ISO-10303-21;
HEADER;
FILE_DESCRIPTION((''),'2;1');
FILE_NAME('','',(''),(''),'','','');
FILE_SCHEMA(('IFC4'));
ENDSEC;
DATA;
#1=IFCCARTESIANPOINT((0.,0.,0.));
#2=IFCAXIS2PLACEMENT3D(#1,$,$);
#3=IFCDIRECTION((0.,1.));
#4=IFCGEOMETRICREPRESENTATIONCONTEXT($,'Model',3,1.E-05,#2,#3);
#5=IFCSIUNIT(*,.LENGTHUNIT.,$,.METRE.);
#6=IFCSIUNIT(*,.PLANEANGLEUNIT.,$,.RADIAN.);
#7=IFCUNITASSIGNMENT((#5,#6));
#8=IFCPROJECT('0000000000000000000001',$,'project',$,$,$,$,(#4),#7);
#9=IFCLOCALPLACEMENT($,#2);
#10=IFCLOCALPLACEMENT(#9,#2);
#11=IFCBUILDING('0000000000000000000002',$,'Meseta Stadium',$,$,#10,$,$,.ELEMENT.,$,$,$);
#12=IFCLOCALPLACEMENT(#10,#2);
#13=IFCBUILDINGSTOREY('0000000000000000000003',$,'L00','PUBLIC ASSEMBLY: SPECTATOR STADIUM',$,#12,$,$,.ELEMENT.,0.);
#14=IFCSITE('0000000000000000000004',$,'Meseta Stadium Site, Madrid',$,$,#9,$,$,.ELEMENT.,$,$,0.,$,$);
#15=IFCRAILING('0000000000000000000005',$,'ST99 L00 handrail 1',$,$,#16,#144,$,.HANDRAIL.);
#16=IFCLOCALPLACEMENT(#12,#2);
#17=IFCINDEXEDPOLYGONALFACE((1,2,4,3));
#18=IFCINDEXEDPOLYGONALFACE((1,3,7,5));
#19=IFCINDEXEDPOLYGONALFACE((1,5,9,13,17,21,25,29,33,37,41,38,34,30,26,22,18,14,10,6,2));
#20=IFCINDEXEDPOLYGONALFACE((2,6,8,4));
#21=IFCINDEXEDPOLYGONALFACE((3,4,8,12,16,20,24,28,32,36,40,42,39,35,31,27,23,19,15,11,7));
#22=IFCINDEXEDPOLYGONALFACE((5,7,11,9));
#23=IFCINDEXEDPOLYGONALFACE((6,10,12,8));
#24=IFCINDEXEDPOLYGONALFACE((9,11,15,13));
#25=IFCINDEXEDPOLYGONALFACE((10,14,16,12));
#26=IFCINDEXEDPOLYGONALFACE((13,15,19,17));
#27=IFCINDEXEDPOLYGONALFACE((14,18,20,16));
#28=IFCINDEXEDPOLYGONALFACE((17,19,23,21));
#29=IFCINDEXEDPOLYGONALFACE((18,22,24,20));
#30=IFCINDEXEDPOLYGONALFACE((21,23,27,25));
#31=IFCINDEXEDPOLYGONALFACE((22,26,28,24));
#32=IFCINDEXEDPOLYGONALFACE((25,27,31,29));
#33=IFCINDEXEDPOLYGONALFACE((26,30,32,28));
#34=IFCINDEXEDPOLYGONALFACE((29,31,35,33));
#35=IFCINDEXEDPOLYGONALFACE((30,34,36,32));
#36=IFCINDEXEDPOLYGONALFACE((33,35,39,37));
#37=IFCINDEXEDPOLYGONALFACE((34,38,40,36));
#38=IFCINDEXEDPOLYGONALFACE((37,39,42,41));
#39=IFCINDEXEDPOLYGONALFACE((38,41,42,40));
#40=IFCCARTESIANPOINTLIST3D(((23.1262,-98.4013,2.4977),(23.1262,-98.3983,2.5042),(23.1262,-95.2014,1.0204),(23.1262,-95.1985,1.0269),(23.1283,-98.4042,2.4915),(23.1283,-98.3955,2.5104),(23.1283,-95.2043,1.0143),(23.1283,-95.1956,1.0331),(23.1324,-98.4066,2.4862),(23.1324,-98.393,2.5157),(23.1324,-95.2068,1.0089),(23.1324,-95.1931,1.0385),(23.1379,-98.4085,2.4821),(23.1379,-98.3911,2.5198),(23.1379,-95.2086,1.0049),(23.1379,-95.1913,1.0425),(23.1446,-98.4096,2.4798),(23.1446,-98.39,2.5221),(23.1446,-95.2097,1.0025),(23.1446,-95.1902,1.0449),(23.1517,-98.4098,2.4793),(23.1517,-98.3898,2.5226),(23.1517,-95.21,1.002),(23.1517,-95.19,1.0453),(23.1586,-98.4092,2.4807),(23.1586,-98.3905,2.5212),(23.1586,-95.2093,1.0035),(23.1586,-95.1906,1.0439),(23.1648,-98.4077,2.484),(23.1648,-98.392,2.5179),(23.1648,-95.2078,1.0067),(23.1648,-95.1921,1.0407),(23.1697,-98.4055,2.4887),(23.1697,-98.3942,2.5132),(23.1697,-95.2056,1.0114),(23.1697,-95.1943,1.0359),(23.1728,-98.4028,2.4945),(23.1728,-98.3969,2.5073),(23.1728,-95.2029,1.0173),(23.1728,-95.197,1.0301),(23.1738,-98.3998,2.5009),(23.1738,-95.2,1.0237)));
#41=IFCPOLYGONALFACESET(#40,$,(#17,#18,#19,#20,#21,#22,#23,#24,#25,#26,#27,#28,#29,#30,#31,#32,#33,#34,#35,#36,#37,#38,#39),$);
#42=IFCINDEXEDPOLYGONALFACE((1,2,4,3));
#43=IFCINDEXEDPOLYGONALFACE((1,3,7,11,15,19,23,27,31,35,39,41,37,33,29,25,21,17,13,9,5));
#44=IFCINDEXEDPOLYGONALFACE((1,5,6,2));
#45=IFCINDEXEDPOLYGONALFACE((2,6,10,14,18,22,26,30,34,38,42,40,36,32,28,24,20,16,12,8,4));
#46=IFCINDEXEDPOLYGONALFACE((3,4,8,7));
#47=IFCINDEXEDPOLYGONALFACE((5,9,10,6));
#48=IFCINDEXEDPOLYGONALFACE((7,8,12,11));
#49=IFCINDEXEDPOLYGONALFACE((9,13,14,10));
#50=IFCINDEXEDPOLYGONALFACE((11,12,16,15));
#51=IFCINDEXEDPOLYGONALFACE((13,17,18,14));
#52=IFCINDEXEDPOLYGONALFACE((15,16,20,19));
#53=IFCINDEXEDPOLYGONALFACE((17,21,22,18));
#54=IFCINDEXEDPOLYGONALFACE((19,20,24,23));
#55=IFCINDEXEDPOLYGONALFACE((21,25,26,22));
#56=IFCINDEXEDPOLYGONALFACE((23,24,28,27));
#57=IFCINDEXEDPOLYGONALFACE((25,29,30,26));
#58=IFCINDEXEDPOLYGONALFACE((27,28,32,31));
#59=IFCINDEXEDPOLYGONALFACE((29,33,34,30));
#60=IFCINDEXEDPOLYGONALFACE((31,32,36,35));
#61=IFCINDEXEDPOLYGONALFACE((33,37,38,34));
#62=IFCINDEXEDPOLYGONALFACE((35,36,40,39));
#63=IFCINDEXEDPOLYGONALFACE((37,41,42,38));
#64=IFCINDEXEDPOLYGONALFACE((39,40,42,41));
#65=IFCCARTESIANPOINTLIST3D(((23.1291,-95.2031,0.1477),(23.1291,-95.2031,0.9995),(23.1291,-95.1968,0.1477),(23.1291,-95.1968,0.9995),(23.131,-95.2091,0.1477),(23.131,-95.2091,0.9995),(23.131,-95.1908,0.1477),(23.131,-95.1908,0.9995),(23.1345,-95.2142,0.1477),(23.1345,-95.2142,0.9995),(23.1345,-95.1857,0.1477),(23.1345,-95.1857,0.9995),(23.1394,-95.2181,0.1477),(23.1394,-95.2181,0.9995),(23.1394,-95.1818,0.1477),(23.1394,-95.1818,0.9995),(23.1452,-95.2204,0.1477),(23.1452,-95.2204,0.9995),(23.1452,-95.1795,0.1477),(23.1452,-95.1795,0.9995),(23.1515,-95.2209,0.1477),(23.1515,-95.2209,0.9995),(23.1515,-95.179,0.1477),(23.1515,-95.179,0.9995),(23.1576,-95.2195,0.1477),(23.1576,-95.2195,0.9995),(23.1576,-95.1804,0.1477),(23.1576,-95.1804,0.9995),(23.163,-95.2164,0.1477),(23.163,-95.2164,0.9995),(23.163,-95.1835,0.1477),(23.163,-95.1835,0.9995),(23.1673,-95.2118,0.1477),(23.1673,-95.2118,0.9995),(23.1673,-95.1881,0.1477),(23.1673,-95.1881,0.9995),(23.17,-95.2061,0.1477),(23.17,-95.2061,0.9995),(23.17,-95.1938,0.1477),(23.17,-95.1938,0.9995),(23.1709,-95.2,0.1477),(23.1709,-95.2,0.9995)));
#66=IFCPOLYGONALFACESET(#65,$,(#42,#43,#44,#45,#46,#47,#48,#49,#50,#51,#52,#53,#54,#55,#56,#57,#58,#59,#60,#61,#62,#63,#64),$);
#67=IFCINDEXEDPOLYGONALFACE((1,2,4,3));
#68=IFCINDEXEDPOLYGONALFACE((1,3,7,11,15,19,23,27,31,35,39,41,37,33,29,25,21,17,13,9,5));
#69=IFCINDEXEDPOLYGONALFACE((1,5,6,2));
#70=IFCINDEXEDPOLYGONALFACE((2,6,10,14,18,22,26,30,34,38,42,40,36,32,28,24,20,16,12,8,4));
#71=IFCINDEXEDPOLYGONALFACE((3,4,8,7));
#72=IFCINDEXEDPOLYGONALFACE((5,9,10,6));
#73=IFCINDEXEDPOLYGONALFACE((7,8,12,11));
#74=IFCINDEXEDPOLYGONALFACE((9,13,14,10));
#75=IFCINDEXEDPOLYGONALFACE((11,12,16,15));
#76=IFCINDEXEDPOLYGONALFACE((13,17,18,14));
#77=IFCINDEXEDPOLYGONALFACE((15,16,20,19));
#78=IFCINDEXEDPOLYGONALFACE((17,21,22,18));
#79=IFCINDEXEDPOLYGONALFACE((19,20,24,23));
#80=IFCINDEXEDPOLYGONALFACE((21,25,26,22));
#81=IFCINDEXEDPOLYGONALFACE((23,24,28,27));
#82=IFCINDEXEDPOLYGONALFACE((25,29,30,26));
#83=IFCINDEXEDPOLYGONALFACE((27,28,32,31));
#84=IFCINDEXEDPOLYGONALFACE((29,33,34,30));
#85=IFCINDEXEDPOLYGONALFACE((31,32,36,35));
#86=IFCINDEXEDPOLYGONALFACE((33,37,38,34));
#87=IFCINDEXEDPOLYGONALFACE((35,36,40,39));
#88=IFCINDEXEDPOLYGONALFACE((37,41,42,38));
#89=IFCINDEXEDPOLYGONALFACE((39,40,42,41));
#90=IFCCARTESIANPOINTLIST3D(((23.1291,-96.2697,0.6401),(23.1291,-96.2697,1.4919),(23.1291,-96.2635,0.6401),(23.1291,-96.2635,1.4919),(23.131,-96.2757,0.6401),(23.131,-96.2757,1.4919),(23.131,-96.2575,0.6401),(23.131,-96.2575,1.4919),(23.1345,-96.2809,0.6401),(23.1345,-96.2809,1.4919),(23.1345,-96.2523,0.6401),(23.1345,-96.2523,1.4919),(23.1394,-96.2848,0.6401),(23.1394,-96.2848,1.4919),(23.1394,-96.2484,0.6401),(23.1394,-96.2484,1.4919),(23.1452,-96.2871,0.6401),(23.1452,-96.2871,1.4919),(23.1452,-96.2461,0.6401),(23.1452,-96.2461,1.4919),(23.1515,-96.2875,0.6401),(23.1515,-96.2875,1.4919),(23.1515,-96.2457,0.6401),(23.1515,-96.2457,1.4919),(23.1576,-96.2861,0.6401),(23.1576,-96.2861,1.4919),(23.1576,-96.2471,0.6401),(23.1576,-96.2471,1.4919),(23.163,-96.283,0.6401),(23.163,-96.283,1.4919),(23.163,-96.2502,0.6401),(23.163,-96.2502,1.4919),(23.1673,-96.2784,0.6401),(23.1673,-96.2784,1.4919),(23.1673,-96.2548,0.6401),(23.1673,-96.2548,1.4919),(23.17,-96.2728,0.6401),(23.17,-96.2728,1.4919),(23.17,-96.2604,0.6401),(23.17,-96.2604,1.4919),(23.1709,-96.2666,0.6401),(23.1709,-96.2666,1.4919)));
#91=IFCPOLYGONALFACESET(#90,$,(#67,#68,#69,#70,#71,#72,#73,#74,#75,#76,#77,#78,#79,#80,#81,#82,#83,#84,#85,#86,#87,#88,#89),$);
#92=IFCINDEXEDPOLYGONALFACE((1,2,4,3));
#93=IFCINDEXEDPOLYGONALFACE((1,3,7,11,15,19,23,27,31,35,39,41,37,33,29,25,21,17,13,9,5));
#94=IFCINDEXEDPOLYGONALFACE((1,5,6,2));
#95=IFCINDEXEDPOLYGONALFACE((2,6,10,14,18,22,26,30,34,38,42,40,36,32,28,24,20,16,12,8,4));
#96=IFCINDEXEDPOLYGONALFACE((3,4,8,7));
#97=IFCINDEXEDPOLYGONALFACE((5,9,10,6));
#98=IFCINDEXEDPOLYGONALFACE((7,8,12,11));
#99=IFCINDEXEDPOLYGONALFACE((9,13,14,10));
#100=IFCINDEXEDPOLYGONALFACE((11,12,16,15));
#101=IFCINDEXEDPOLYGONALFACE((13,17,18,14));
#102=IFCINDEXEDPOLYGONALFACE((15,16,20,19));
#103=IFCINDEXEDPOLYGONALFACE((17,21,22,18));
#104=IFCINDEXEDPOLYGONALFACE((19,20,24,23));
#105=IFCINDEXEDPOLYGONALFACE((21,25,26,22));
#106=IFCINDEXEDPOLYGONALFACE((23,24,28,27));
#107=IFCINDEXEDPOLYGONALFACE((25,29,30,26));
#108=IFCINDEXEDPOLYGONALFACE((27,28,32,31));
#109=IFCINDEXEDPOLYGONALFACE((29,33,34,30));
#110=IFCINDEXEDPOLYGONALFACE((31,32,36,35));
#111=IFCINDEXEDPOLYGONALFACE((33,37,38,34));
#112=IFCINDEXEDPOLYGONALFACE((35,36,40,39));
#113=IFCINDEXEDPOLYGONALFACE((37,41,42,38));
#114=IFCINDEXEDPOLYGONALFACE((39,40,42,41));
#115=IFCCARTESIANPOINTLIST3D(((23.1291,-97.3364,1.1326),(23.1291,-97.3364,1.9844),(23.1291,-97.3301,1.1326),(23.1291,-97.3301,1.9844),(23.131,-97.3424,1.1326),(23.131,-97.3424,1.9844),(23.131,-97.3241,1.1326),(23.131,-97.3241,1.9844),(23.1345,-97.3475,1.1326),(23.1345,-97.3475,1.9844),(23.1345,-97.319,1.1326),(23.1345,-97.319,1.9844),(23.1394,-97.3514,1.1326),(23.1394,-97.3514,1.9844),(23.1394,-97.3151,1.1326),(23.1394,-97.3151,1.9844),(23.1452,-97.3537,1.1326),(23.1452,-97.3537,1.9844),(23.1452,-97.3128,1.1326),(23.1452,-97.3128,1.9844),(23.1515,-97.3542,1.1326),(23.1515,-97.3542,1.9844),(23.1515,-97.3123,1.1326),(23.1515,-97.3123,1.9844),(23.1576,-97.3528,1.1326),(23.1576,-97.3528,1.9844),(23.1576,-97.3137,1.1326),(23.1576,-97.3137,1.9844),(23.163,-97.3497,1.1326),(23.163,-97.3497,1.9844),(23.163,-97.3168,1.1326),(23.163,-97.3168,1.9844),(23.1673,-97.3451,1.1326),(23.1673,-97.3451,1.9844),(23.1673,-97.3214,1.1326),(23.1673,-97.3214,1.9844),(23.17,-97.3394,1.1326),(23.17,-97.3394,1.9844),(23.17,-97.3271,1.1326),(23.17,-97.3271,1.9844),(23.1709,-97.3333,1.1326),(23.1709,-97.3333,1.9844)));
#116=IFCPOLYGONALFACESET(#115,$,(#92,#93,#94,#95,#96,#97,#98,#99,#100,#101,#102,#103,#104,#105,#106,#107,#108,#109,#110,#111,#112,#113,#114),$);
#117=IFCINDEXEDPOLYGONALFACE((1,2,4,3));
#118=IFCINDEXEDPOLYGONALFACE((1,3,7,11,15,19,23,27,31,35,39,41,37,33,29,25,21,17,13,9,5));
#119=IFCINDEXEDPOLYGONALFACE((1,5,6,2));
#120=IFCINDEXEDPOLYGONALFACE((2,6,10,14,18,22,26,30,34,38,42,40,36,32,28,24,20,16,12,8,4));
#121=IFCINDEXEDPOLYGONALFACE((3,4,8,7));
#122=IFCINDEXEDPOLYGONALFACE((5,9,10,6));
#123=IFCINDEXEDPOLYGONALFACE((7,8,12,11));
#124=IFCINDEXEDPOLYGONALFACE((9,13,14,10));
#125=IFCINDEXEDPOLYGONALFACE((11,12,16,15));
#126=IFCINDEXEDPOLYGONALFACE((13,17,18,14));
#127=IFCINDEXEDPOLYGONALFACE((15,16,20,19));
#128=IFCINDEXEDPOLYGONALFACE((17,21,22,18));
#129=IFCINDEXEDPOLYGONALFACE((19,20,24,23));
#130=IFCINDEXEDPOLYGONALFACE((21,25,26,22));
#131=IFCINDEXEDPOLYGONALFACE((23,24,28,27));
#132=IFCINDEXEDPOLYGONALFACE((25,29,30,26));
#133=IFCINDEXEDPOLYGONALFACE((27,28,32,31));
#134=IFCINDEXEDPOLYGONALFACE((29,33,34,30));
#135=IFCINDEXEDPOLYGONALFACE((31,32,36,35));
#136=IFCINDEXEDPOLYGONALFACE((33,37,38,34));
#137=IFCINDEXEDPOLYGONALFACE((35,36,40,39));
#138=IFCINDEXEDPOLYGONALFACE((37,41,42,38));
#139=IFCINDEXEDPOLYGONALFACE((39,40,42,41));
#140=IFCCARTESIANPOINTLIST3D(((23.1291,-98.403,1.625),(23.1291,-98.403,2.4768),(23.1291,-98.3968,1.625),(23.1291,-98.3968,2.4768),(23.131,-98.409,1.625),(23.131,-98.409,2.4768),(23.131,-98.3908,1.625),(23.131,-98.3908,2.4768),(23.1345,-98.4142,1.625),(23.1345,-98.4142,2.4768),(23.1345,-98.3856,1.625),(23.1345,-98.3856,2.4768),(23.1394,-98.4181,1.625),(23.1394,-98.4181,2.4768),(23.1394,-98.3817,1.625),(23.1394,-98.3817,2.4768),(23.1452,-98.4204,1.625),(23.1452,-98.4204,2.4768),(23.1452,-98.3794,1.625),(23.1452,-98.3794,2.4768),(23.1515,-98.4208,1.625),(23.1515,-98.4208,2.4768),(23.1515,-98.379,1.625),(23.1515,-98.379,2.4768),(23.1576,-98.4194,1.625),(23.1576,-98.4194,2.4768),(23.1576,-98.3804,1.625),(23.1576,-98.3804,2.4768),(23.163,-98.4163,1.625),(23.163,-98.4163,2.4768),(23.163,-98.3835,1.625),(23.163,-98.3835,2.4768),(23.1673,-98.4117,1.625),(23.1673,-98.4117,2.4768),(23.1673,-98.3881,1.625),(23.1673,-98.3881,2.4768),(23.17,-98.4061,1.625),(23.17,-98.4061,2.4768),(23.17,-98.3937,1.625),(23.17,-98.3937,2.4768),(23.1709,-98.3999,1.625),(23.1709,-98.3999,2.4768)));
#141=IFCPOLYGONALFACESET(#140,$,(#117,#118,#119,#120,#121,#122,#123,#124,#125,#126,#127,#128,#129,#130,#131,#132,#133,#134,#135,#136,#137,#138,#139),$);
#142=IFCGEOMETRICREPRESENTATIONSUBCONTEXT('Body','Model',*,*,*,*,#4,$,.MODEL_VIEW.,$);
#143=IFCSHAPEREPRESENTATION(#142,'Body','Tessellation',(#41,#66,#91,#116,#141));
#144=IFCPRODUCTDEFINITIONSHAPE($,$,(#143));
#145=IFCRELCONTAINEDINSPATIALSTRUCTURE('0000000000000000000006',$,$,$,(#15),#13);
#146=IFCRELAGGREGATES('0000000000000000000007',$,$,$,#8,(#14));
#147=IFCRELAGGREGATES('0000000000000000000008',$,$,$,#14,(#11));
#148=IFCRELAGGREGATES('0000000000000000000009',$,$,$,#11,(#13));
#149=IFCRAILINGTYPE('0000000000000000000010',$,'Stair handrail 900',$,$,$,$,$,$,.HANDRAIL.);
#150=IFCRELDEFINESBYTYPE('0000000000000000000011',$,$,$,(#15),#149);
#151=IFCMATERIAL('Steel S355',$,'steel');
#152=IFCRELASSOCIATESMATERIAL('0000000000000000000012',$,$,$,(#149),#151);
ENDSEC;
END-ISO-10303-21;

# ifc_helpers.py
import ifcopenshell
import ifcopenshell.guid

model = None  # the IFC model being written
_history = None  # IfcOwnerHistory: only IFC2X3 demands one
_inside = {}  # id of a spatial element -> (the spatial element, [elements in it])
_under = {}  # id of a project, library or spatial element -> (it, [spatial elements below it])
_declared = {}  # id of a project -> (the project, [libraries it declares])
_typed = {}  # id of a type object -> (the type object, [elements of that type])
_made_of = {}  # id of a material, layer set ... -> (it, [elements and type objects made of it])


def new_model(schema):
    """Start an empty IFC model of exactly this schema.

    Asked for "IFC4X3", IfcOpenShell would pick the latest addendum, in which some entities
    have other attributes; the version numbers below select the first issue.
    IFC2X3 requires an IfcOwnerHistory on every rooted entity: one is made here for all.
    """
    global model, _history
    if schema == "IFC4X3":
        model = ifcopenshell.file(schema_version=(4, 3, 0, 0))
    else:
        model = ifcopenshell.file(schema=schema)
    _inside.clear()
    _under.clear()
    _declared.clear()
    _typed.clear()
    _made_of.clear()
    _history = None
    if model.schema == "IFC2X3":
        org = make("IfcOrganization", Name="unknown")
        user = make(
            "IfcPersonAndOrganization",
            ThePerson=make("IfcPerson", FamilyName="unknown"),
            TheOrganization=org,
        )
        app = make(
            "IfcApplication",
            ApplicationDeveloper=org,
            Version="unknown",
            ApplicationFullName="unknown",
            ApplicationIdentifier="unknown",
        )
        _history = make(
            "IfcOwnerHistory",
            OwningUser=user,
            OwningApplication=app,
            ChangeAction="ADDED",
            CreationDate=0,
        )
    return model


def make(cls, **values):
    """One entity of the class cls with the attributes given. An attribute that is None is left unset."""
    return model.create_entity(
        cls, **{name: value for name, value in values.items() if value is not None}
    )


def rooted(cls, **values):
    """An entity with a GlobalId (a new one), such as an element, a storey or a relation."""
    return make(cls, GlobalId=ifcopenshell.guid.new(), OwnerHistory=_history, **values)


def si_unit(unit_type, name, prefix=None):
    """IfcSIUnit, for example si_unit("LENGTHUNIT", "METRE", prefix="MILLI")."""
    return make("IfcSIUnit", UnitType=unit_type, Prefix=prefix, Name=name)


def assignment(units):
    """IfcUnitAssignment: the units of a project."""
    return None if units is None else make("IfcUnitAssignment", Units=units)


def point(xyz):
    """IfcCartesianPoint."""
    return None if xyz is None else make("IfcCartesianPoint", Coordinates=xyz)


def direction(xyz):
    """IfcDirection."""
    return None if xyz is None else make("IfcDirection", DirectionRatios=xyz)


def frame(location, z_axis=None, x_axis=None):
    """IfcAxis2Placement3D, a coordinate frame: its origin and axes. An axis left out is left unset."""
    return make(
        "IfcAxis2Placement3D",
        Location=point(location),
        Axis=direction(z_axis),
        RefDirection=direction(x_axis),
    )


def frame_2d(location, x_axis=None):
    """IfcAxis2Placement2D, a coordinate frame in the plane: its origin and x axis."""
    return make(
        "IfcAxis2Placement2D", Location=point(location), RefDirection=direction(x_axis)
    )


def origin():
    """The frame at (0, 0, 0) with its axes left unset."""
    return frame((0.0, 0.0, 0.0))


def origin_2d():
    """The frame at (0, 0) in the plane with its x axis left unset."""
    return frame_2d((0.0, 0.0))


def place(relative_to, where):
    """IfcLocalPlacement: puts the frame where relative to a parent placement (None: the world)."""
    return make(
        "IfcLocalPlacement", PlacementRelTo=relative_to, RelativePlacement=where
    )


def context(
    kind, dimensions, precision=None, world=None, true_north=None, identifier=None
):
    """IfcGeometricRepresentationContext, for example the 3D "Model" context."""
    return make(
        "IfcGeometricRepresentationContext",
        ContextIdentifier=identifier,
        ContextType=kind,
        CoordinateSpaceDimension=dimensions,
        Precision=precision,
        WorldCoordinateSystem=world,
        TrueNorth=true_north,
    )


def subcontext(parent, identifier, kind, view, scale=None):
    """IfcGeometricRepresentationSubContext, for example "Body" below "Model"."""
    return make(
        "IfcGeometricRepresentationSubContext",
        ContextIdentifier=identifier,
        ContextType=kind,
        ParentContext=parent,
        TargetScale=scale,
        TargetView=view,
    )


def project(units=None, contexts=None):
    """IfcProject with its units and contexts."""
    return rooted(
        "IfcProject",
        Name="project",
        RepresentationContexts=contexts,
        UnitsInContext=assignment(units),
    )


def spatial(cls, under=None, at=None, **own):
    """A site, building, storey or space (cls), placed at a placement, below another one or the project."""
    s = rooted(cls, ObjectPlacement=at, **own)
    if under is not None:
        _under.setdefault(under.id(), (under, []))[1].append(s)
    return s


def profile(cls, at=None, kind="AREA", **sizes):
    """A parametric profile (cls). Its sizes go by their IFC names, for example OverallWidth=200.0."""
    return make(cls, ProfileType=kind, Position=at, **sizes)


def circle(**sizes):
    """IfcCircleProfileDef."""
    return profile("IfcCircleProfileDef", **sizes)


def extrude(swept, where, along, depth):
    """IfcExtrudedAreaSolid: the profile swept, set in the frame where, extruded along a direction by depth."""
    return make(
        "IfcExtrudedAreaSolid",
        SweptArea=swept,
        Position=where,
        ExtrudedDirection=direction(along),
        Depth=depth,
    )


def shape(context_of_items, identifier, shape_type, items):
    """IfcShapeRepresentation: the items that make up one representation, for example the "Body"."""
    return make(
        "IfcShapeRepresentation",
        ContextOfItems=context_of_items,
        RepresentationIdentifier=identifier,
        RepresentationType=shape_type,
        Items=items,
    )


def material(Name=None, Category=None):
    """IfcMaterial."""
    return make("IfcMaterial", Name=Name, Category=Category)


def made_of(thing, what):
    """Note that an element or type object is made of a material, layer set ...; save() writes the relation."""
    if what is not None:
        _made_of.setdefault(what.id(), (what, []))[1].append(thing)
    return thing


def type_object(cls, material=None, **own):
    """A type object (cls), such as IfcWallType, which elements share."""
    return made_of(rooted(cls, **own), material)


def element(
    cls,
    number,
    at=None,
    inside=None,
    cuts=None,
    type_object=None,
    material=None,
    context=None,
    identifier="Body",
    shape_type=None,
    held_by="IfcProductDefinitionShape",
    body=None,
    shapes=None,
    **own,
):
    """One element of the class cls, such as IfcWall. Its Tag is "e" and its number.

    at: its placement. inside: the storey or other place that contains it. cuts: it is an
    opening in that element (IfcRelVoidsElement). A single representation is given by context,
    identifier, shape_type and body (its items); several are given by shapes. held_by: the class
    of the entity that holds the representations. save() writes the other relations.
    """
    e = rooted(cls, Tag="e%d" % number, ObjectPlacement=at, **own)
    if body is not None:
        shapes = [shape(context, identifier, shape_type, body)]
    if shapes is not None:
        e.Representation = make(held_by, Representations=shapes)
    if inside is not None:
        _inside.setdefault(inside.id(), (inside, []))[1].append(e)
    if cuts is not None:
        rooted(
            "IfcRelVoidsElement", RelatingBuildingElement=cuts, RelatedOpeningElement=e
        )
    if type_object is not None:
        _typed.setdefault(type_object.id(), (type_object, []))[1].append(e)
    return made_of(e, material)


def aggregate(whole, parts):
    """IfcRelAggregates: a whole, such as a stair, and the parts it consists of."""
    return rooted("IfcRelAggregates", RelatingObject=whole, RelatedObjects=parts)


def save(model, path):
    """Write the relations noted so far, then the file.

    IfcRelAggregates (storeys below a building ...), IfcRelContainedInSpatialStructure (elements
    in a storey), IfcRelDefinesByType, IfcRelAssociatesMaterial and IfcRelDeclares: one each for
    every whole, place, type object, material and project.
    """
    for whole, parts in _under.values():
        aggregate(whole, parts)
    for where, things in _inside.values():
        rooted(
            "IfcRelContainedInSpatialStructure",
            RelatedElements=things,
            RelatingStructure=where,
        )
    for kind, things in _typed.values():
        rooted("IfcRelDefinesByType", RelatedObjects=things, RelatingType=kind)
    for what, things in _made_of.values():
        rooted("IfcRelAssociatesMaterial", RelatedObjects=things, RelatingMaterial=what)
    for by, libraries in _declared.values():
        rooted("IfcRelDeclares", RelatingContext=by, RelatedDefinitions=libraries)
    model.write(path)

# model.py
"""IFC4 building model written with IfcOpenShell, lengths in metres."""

from ifc_helpers import new_model, si_unit, direction, frame, origin, origin_2d, place, context, subcontext, project, spatial, circle, extrude, material, type_object, element, save


model = new_model("IFC4")

# Units and contexts
model_context = context("Model", 3, precision=1e-05, world=origin(), true_north=direction((0.0, 1.0)))
body_context = subcontext(model_context, "Body", "Model", "MODEL_VIEW")
ifc_project = project(units=[si_unit("LENGTHUNIT", "METRE"), si_unit("PLANEANGLEUNIT", "RADIAN")], contexts=[model_context])

# Site, building, storey
site_placement = place(None, origin())
site = spatial("IfcSite", under=ifc_project, at=site_placement, Name="Meseta Stadium Site, Madrid", CompositionType="ELEMENT", RefElevation=0.0)
building_placement = place(site_placement, origin())
building = spatial("IfcBuilding", under=site, at=building_placement, Name="Meseta Stadium", CompositionType="ELEMENT")
storey_placement = place(building_placement, origin())
storey = spatial("IfcBuildingStorey", under=building, at=storey_placement, Name="L00", Description="PUBLIC ASSEMBLY: SPECTATOR STADIUM", CompositionType="ELEMENT", Elevation=0.0)

# Railing
ifc_material_1 = material(Name="Steel S355", Category="steel")
railing_type_1 = type_object("IfcRailingType", Name="Stair handrail 900", PredefinedType="HANDRAIL", material=ifc_material_1)
railing_1_placement = place(storey_placement, frame((23.1499, -95.2, 0.1477)))
element("IfcRailing", 1, at=railing_1_placement, inside=storey, type_object=railing_type_1, Name="ST99 L00 handrail 1", PredefinedType="HANDRAIL", context=body_context, shape_type="SweptSolid", body=[
    extrude(circle(Radius=0.0239, at=origin_2d()), frame((0.0, 0.0, 0.876), z_axis=(0.0, -0.907917, 0.41915), x_axis=(1.0, 0.0, 0.0)), (0.0, 0.0, 1.0), 3.5244),
    extrude(circle(Radius=0.021, at=origin_2d()), origin(), (0.0, 0.0, 1.0), 0.8518),
    extrude(circle(Radius=0.021, at=origin_2d()), frame((0.0, -1.0667, 0.4924)), (0.0, 0.0, 1.0), 0.8518),
    extrude(circle(Radius=0.021, at=origin_2d()), frame((0.0, -2.1333, 0.9849)), (0.0, 0.0, 1.0), 0.8518),
    extrude(circle(Radius=0.021, at=origin_2d()), frame((0.0, -3.2, 1.4773)), (0.0, 0.0, 1.0), 0.8518),
])

save(model, "model.ifc")
